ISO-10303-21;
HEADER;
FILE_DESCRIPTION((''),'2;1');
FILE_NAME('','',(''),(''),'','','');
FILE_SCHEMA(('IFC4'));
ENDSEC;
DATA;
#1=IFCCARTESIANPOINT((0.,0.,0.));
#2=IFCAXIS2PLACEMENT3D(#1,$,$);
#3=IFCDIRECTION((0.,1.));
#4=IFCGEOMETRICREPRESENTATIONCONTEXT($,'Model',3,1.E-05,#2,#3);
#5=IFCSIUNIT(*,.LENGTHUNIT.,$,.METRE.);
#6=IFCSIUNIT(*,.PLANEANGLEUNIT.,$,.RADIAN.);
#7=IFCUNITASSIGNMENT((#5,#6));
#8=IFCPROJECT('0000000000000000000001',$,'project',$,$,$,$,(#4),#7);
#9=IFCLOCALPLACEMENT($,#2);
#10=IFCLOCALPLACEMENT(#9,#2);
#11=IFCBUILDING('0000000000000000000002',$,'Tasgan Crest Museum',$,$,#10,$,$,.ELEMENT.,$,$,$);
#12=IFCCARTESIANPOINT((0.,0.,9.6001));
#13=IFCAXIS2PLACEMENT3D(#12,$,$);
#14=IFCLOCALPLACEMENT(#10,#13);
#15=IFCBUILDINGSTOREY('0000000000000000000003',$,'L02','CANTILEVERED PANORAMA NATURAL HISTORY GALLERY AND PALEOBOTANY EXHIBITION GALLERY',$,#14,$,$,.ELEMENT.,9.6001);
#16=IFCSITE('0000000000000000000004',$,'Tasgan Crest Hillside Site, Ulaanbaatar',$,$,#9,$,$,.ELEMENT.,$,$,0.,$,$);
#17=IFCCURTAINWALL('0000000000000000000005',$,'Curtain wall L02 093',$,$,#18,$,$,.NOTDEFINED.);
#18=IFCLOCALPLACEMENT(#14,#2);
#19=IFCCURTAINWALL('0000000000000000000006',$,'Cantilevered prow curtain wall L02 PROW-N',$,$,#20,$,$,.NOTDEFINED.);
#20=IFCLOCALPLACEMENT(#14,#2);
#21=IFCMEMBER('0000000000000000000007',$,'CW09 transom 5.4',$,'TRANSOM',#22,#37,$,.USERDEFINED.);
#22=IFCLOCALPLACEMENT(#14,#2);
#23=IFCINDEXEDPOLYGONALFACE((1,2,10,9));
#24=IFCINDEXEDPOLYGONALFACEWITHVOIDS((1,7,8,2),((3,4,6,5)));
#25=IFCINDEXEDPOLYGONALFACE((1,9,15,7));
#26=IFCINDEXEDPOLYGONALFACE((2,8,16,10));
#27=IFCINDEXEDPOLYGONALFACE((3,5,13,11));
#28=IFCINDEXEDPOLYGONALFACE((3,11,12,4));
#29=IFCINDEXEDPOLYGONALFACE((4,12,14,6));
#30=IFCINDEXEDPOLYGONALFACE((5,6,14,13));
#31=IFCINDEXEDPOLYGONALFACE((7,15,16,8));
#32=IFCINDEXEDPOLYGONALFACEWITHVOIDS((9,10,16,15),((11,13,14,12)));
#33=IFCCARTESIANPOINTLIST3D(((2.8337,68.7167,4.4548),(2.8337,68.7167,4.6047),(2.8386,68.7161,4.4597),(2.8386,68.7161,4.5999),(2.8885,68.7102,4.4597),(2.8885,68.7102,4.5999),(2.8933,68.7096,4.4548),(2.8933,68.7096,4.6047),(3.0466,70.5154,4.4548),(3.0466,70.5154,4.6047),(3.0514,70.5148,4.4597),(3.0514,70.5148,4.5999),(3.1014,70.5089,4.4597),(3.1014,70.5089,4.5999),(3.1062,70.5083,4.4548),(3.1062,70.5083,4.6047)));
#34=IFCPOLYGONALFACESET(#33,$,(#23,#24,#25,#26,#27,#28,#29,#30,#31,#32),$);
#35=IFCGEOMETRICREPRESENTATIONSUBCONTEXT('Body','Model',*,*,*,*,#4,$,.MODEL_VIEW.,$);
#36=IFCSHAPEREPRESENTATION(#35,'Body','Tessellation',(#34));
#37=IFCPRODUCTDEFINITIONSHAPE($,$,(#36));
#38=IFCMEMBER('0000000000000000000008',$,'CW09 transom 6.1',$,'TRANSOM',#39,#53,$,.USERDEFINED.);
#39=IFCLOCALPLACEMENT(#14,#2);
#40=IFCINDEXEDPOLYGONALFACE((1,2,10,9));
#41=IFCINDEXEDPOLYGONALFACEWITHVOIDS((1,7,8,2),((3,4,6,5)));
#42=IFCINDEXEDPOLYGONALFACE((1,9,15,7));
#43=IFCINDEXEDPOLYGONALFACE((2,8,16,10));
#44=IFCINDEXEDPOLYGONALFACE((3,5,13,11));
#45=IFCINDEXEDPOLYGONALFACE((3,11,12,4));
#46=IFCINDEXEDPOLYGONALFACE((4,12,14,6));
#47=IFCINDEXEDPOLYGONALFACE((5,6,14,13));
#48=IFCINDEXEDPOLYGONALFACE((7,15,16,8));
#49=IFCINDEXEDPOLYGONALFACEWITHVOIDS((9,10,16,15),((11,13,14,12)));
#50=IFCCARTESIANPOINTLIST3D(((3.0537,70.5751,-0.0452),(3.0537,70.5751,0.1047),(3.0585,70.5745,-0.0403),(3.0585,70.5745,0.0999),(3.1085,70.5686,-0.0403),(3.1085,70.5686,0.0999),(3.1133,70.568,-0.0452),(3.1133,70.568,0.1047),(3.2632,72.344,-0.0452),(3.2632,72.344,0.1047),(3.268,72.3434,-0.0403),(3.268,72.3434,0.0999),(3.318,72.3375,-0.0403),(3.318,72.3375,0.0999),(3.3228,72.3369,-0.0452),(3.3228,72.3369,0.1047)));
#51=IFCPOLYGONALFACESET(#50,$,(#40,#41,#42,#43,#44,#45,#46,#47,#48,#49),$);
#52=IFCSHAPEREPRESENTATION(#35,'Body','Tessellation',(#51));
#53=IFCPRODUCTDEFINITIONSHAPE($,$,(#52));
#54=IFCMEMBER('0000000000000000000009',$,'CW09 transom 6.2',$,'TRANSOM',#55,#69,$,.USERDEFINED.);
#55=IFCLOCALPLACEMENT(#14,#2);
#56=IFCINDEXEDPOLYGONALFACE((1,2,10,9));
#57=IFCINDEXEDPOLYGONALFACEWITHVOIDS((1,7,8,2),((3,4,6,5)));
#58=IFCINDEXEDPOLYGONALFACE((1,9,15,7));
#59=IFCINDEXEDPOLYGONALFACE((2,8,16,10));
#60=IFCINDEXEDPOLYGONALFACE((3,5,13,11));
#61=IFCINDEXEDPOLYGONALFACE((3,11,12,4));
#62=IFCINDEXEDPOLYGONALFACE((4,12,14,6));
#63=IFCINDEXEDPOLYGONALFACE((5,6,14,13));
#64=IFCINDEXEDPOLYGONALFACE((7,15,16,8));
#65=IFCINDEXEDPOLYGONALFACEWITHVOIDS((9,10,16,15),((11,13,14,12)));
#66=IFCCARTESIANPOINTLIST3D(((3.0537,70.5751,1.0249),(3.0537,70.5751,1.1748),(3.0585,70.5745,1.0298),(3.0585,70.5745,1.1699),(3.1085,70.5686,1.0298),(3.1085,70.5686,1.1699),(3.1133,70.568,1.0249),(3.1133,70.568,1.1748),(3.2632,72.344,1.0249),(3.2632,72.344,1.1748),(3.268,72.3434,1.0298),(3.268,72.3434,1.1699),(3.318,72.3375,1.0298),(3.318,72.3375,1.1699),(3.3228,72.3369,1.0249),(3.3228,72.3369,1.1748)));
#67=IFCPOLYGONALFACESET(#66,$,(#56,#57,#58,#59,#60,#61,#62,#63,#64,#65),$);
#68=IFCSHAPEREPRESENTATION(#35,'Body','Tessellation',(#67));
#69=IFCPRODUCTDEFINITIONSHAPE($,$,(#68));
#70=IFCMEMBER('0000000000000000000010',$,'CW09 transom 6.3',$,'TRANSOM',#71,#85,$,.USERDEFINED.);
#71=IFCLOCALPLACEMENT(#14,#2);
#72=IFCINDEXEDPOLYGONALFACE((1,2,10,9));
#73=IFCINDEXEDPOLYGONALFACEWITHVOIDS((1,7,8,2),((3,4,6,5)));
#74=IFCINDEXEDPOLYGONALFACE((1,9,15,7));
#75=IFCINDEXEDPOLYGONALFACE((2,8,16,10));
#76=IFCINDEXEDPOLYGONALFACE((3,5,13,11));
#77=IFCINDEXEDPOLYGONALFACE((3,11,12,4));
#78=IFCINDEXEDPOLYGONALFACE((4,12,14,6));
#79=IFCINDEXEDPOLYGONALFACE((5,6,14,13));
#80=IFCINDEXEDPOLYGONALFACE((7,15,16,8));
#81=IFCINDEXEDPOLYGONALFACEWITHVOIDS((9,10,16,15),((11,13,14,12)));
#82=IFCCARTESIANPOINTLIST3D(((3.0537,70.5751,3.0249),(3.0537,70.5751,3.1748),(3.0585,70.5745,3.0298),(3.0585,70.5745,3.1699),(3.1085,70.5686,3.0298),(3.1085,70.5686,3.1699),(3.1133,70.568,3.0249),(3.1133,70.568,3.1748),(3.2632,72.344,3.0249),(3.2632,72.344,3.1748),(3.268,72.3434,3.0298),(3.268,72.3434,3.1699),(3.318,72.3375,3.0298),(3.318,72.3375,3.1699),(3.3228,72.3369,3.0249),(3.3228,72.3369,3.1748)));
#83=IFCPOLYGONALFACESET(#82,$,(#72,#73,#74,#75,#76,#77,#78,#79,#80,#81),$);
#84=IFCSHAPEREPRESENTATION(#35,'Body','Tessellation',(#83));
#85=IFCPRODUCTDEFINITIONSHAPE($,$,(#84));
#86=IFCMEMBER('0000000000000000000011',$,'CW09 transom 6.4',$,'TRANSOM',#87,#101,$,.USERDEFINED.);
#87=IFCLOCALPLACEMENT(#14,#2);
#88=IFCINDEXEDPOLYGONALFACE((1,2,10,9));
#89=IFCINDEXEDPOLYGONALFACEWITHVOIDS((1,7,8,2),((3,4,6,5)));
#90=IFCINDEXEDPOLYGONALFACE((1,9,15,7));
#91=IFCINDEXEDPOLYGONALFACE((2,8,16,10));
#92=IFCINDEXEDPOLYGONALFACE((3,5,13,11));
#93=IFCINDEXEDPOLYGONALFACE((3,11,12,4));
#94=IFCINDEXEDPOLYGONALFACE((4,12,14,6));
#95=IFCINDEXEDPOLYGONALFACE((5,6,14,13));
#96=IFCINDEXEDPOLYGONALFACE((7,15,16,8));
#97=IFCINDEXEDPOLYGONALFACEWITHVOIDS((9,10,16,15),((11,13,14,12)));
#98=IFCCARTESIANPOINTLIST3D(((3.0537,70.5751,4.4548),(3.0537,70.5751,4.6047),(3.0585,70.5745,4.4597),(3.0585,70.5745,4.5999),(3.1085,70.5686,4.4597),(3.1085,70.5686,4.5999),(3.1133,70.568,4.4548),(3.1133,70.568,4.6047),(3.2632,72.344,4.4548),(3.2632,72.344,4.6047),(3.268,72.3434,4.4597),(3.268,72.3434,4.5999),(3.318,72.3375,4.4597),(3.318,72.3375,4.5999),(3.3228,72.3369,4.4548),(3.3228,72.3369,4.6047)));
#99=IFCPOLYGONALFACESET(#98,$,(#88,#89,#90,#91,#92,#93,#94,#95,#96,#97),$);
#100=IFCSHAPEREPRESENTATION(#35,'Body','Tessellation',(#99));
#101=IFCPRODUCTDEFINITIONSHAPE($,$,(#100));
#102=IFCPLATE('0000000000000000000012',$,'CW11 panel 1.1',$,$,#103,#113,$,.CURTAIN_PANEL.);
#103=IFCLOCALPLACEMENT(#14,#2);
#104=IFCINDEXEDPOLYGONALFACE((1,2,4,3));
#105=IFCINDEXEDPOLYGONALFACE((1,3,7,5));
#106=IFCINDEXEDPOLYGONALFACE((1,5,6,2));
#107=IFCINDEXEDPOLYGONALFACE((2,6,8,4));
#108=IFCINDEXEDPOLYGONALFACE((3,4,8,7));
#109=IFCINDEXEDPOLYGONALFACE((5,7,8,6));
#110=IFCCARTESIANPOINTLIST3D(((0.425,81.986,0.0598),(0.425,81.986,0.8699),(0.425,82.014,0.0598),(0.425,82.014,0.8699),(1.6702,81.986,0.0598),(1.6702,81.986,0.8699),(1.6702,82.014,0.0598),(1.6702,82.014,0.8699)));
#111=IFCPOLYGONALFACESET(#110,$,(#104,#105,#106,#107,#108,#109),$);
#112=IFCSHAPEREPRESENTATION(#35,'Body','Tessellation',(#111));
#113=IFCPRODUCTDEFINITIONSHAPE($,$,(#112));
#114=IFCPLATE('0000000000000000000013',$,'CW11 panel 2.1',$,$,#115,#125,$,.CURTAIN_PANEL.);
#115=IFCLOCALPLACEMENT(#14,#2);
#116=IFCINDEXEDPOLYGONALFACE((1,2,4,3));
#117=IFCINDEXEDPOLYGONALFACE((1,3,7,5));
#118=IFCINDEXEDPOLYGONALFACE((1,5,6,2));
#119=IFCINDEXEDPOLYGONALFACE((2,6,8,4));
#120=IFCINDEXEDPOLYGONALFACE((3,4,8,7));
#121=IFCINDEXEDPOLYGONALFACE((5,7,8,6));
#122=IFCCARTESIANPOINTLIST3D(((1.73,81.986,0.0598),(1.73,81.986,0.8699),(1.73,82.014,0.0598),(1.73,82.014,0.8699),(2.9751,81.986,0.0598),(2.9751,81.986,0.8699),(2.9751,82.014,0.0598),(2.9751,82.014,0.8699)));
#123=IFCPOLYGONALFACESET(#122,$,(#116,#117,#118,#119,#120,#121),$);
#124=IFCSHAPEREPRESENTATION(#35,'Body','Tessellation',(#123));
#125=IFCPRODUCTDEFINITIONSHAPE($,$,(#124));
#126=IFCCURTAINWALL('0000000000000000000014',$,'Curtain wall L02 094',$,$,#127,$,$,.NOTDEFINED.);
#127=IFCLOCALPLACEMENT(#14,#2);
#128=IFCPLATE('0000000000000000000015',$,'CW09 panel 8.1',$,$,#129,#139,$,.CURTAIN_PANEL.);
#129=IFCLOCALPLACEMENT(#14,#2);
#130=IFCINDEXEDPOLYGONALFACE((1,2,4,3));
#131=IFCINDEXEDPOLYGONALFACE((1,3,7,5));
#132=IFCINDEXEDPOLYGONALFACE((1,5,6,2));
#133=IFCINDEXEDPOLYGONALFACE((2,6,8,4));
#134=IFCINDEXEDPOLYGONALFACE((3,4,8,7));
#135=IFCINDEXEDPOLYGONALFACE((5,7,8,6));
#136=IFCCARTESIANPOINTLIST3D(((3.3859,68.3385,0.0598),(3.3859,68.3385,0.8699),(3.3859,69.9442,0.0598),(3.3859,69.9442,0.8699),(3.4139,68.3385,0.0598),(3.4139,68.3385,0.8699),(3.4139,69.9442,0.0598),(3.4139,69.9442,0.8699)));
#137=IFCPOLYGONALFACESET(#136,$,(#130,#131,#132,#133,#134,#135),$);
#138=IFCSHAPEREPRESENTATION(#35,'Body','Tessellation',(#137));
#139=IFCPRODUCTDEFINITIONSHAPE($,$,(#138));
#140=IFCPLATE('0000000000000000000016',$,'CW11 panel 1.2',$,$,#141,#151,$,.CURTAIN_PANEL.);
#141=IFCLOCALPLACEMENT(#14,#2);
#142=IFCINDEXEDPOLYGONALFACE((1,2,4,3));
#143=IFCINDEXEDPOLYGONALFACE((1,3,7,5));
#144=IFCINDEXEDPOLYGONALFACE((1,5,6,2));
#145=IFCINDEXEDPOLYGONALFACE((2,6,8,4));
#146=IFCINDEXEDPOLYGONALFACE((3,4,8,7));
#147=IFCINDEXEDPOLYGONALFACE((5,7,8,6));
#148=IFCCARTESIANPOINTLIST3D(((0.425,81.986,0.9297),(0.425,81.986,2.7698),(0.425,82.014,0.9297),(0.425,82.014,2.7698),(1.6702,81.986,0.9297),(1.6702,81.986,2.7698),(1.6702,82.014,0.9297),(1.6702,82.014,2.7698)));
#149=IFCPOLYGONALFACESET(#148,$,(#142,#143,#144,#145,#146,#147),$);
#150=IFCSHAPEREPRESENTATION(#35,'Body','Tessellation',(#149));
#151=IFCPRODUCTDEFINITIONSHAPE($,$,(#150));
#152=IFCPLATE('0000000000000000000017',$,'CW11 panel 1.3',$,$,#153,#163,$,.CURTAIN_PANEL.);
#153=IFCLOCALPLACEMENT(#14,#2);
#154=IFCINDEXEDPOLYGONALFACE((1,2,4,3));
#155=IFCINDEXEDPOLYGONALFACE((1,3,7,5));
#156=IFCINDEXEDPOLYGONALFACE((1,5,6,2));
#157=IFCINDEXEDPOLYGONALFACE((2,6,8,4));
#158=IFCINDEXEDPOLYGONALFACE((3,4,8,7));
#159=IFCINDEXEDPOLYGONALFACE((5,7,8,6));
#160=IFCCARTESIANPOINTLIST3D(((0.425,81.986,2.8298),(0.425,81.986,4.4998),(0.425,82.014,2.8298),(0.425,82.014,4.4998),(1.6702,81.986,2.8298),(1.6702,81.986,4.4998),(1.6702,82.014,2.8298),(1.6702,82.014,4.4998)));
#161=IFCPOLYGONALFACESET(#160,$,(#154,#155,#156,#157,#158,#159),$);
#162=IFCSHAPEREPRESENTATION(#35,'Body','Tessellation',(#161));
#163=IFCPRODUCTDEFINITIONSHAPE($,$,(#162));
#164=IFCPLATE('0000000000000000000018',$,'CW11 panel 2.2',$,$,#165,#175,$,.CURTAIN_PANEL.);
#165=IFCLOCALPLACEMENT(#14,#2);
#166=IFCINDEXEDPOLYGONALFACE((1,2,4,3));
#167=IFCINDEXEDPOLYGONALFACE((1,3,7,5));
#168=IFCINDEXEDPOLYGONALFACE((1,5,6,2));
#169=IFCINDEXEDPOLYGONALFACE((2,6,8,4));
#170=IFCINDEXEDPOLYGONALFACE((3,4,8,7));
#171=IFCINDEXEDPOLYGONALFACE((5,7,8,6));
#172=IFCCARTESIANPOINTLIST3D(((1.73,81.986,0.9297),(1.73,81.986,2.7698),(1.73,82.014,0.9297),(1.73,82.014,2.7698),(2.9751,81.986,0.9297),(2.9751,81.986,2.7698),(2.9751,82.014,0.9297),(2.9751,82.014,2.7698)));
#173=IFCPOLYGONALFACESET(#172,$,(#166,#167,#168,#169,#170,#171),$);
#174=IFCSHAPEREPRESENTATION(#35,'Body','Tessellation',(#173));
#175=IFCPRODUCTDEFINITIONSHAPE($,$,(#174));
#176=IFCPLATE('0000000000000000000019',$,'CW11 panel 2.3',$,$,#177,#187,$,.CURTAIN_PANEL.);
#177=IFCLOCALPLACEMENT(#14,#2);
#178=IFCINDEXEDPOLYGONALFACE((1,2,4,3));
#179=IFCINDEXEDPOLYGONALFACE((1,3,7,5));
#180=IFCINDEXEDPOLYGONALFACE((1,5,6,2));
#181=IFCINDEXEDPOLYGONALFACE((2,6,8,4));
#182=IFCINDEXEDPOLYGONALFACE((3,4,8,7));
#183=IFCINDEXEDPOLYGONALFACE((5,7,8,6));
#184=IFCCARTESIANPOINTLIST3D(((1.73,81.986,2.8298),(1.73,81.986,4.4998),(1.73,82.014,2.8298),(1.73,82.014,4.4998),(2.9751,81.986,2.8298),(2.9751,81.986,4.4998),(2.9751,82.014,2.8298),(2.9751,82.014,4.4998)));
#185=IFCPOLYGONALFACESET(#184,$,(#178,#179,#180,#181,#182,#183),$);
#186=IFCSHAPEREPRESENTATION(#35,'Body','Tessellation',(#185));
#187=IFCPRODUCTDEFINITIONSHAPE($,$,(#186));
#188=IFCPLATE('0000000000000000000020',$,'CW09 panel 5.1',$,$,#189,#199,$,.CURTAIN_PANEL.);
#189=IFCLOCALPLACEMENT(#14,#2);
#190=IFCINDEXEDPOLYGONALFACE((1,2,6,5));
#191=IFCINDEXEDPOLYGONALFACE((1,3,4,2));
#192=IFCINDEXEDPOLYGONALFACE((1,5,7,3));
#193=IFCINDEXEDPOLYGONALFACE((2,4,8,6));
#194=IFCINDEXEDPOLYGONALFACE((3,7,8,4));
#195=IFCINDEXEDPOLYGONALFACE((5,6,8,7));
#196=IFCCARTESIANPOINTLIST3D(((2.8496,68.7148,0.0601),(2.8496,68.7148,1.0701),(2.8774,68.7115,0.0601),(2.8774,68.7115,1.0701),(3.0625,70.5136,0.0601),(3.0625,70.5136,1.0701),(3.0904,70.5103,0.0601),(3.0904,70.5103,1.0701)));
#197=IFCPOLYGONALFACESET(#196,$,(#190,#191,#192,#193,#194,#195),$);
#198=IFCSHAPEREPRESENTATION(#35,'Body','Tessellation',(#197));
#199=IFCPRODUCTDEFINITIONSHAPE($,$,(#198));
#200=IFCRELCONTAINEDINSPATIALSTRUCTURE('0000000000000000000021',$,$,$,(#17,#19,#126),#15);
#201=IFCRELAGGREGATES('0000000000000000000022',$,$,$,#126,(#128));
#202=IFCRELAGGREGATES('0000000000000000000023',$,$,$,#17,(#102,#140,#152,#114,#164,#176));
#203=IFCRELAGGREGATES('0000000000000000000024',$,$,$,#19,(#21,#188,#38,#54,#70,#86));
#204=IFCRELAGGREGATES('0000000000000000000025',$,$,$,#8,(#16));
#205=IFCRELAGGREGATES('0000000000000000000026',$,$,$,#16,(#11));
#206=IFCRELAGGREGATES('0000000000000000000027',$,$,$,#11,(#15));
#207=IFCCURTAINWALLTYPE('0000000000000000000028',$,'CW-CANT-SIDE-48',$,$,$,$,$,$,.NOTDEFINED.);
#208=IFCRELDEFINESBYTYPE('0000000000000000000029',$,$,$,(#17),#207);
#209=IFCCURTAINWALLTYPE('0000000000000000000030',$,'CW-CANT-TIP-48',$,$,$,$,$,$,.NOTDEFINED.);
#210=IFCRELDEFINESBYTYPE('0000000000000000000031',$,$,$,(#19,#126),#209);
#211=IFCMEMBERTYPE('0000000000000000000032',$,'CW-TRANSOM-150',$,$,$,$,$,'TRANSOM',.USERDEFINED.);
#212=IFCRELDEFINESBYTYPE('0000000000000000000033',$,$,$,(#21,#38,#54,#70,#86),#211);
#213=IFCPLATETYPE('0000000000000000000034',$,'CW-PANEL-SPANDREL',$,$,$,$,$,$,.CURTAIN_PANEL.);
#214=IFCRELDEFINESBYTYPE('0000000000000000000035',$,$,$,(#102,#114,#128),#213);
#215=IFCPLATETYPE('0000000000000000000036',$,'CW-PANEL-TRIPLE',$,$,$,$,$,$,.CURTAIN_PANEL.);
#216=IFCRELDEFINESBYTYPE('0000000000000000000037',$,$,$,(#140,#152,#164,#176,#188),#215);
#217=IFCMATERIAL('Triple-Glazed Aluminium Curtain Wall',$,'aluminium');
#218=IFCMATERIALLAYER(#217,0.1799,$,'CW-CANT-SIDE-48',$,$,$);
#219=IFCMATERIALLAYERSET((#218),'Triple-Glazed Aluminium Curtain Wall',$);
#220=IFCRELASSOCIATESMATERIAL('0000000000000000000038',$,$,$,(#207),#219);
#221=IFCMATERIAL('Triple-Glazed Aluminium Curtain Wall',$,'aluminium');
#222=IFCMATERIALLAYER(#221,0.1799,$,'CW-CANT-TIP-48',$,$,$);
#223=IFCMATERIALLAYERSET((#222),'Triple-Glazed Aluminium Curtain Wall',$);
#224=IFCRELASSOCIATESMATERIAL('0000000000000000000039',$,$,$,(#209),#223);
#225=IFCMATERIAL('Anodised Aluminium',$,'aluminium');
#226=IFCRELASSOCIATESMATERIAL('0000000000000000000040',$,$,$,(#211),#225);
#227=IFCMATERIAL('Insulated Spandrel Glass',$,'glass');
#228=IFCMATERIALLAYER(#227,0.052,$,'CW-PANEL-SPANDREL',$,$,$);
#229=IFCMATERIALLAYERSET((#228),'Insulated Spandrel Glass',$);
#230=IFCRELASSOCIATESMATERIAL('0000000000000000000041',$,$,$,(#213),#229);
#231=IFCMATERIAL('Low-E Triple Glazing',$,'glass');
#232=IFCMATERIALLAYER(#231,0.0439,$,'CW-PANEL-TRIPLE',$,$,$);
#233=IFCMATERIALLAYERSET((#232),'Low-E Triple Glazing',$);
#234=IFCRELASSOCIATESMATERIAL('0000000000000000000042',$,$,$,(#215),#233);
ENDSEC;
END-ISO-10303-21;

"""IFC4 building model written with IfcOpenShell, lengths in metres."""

from ifc_helpers import new_model, si_unit, direction, frame, origin, origin_2d, place, context, subcontext, project, spatial, rectangle, hollow_rectangle, extrude, material, layer, layer_set, material_profile, profile_set, type_object, element, aggregate, save


model = new_model("IFC4")

# Units and contexts
model_context = context("Model", 3, precision=1e-05, world=origin(), true_north=direction((0.0, 1.0)))
body_context = subcontext(model_context, "Body", "Model", "MODEL_VIEW")
ifc_project = project(units=[si_unit("LENGTHUNIT", "METRE"), si_unit("PLANEANGLEUNIT", "RADIAN")], contexts=[model_context])

# Site, building, storey
site_placement = place(None, origin())
site = spatial("IfcSite", under=ifc_project, at=site_placement, Name="Tasgan Crest Hillside Site, Ulaanbaatar", CompositionType="ELEMENT", RefElevation=0.0)
building_placement = place(site_placement, origin())
building = spatial("IfcBuilding", under=site, at=building_placement, Name="Tasgan Crest Museum", CompositionType="ELEMENT")
storey_placement = place(building_placement, frame((0.0, 0.0, 9.6001)))
storey = spatial("IfcBuildingStorey", under=building, at=storey_placement, Name="L02", Description="CANTILEVERED PANORAMA NATURAL HISTORY GALLERY AND PALEOBOTANY EXHIBITION GALLERY", CompositionType="ELEMENT", Elevation=9.6001)

# Curtain walls
ifc_material_1 = material(Name="Triple-Glazed Aluminium Curtain Wall", Category="aluminium")
ifc_layer_1 = layer(ifc_material_1, 0.1799, Name="CW-CANT-SIDE-48")
ifc_layer_set_1 = layer_set([ifc_layer_1], Name="Triple-Glazed Aluminium Curtain Wall")
curtain_wall_type_1 = type_object("IfcCurtainWallType", Name="CW-CANT-SIDE-48", PredefinedType="NOTDEFINED", material=ifc_layer_set_1)
curtain_wall_1_placement = place(storey_placement, origin())
curtain_wall_1 = element("IfcCurtainWall", 1, at=curtain_wall_1_placement, inside=storey, type_object=curtain_wall_type_1, Name="Curtain wall L02 093", PredefinedType="NOTDEFINED")
ifc_material_2 = material(Name="Triple-Glazed Aluminium Curtain Wall", Category="aluminium")
ifc_layer_2 = layer(ifc_material_2, 0.1799, Name="CW-CANT-TIP-48")
ifc_layer_set_2 = layer_set([ifc_layer_2], Name="Triple-Glazed Aluminium Curtain Wall")
curtain_wall_type_2 = type_object("IfcCurtainWallType", Name="CW-CANT-TIP-48", PredefinedType="NOTDEFINED", material=ifc_layer_set_2)
curtain_wall_2_placement = place(storey_placement, origin())
curtain_wall_2 = element("IfcCurtainWall", 2, at=curtain_wall_2_placement, inside=storey, type_object=curtain_wall_type_2, Name="Cantilevered prow curtain wall L02 PROW-N", PredefinedType="NOTDEFINED")

# Members
ifc_material_3 = material(Name="Anodised Aluminium", Category="aluminium")
ifc_material_profile_1 = material_profile(ifc_material_3, hollow_rectangle(XDim=0.0601, YDim=0.1499, WallThickness=0.0049, at=origin_2d()), Name="ALU TRANSOM 150x60x5")
ifc_profile_set_1 = profile_set([ifc_material_profile_1], Name="Anodised Aluminium")
member_type_1 = type_object("IfcMemberType", Name="CW-TRANSOM-150", ElementType="TRANSOM", PredefinedType="USERDEFINED", material=ifc_profile_set_1)
member_1_placement = place(storey_placement, frame((2.8635, 68.7131, 4.5298), z_axis=(0.117529, 0.993069, 0.0), x_axis=(-0.993069, 0.117529, 0.0)))
member_1 = element("IfcMember", 3, at=member_1_placement, type_object=member_type_1, Name="CW09 transom 5.4", ObjectType="TRANSOM", PredefinedType="USERDEFINED", context=body_context, shape_type="SweptSolid", body=[
    extrude(hollow_rectangle(XDim=0.0601, YDim=0.1499, WallThickness=0.0049, at=origin_2d()), origin(), (0.0, 0.0, 1.0), 1.8113),
])
member_2_placement = place(storey_placement, frame((3.0835, 70.5715, 0.0298), z_axis=(0.117605, 0.99306, 0.0), x_axis=(-0.99306, 0.117605, 0.0)))
member_2 = element("IfcMember", 4, at=member_2_placement, type_object=member_type_1, Name="CW09 transom 6.1", ObjectType="TRANSOM", PredefinedType="USERDEFINED", context=body_context, shape_type="SweptSolid", body=[
    extrude(hollow_rectangle(XDim=0.0601, YDim=0.1499, WallThickness=0.0049, at=origin_2d()), origin(), (0.0, 0.0, 1.0), 1.7812),
])
member_3_placement = place(storey_placement, frame((3.0835, 70.5715, 1.0999), z_axis=(0.117605, 0.99306, 0.0), x_axis=(-0.99306, 0.117605, 0.0)))
member_3 = element("IfcMember", 5, at=member_3_placement, type_object=member_type_1, Name="CW09 transom 6.2", ObjectType="TRANSOM", PredefinedType="USERDEFINED", context=body_context, shape_type="SweptSolid", body=[
    extrude(hollow_rectangle(XDim=0.0601, YDim=0.1499, WallThickness=0.0049, at=origin_2d()), origin(), (0.0, 0.0, 1.0), 1.7812),
])
member_4_placement = place(storey_placement, frame((3.0835, 70.5715, 3.0999), z_axis=(0.117605, 0.99306, 0.0), x_axis=(-0.99306, 0.117605, 0.0)))
member_4 = element("IfcMember", 6, at=member_4_placement, type_object=member_type_1, Name="CW09 transom 6.3", ObjectType="TRANSOM", PredefinedType="USERDEFINED", context=body_context, shape_type="SweptSolid", body=[
    extrude(hollow_rectangle(XDim=0.0601, YDim=0.1499, WallThickness=0.0049, at=origin_2d()), origin(), (0.0, 0.0, 1.0), 1.7812),
])
member_5_placement = place(storey_placement, frame((3.0835, 70.5715, 4.5298), z_axis=(0.117605, 0.99306, 0.0), x_axis=(-0.99306, 0.117605, 0.0)))
member_5 = element("IfcMember", 7, at=member_5_placement, type_object=member_type_1, Name="CW09 transom 6.4", ObjectType="TRANSOM", PredefinedType="USERDEFINED", context=body_context, shape_type="SweptSolid", body=[
    extrude(hollow_rectangle(XDim=0.0601, YDim=0.1499, WallThickness=0.0049, at=origin_2d()), origin(), (0.0, 0.0, 1.0), 1.7812),
])

# Plates
ifc_material_4 = material(Name="Insulated Spandrel Glass", Category="glass")
ifc_layer_3 = layer(ifc_material_4, 0.052, Name="CW-PANEL-SPANDREL")
ifc_layer_set_3 = layer_set([ifc_layer_3], Name="Insulated Spandrel Glass")
plate_type_1 = type_object("IfcPlateType", Name="CW-PANEL-SPANDREL", PredefinedType="CURTAIN_PANEL", material=ifc_layer_set_3)
plate_1_placement = place(storey_placement, frame((1.0476, 82.0, 0.0598), z_axis=(0.0, 0.0, 1.0), x_axis=(1.0, 0.0, 0.0)))
plate_1 = element("IfcPlate", 8, at=plate_1_placement, type_object=plate_type_1, Name="CW11 panel 1.1", PredefinedType="CURTAIN_PANEL", context=body_context, shape_type="SweptSolid", body=[
    extrude(rectangle(XDim=1.2451, YDim=0.0281, at=origin_2d()), origin(), (0.0, 0.0, 1.0), 0.8101),
])
plate_2_placement = place(storey_placement, frame((2.3525, 82.0, 0.0598), z_axis=(0.0, 0.0, 1.0), x_axis=(1.0, 0.0, 0.0)))
plate_2 = element("IfcPlate", 9, at=plate_2_placement, type_object=plate_type_1, Name="CW11 panel 2.1", PredefinedType="CURTAIN_PANEL", context=body_context, shape_type="SweptSolid", body=[
    extrude(rectangle(XDim=1.2451, YDim=0.0281, at=origin_2d()), origin(), (0.0, 0.0, 1.0), 0.8101),
])

# Curtain wall, plate
curtain_wall_3_placement = place(storey_placement, origin())
curtain_wall_3 = element("IfcCurtainWall", 10, at=curtain_wall_3_placement, inside=storey, type_object=curtain_wall_type_2, Name="Curtain wall L02 094", PredefinedType="NOTDEFINED")
plate_3_placement = place(storey_placement, frame((3.3999, 69.1414, 0.0598), z_axis=(0.0, 0.0, 1.0), x_axis=(0.0, -1.0, 0.0)))
plate_3 = element("IfcPlate", 11, at=plate_3_placement, type_object=plate_type_1, Name="CW09 panel 8.1", PredefinedType="CURTAIN_PANEL", context=body_context, shape_type="SweptSolid", body=[
    extrude(rectangle(XDim=1.6057, YDim=0.0281, at=origin_2d()), origin(), (0.0, 0.0, 1.0), 0.8101),
])
aggregate(curtain_wall_3, [plate_3])

# Plates
ifc_material_5 = material(Name="Low-E Triple Glazing", Category="glass")
ifc_layer_4 = layer(ifc_material_5, 0.0439, Name="CW-PANEL-TRIPLE")
ifc_layer_set_4 = layer_set([ifc_layer_4], Name="Low-E Triple Glazing")
plate_type_2 = type_object("IfcPlateType", Name="CW-PANEL-TRIPLE", PredefinedType="CURTAIN_PANEL", material=ifc_layer_set_4)
plate_4_placement = place(storey_placement, frame((1.0476, 82.0, 0.9297), z_axis=(0.0, 0.0, 1.0), x_axis=(1.0, 0.0, 0.0)))
plate_4 = element("IfcPlate", 12, at=plate_4_placement, type_object=plate_type_2, Name="CW11 panel 1.2", PredefinedType="CURTAIN_PANEL", context=body_context, shape_type="SweptSolid", body=[
    extrude(rectangle(XDim=1.2451, YDim=0.0281, at=origin_2d()), origin(), (0.0, 0.0, 1.0), 1.8401),
])
plate_5_placement = place(storey_placement, frame((1.0476, 82.0, 2.8298), z_axis=(0.0, 0.0, 1.0), x_axis=(1.0, 0.0, 0.0)))
plate_5 = element("IfcPlate", 13, at=plate_5_placement, type_object=plate_type_2, Name="CW11 panel 1.3", PredefinedType="CURTAIN_PANEL", context=body_context, shape_type="SweptSolid", body=[
    extrude(rectangle(XDim=1.2451, YDim=0.0281, at=origin_2d()), origin(), (0.0, 0.0, 1.0), 1.6699),
])
plate_6_placement = place(storey_placement, frame((2.3525, 82.0, 0.9297), z_axis=(0.0, 0.0, 1.0), x_axis=(1.0, 0.0, 0.0)))
plate_6 = element("IfcPlate", 14, at=plate_6_placement, type_object=plate_type_2, Name="CW11 panel 2.2", PredefinedType="CURTAIN_PANEL", context=body_context, shape_type="SweptSolid", body=[
    extrude(rectangle(XDim=1.2451, YDim=0.0281, at=origin_2d()), origin(), (0.0, 0.0, 1.0), 1.8401),
])
plate_7_placement = place(storey_placement, frame((2.3525, 82.0, 2.8298), z_axis=(0.0, 0.0, 1.0), x_axis=(1.0, 0.0, 0.0)))
plate_7 = element("IfcPlate", 15, at=plate_7_placement, type_object=plate_type_2, Name="CW11 panel 2.3", PredefinedType="CURTAIN_PANEL", context=body_context, shape_type="SweptSolid", body=[
    extrude(rectangle(XDim=1.2451, YDim=0.0281, at=origin_2d()), origin(), (0.0, 0.0, 1.0), 1.6699),
])
aggregate(curtain_wall_1, [plate_1, plate_4, plate_5, plate_2, plate_6, plate_7])
plate_8_placement = place(storey_placement, frame((2.97, 69.6125, 0.0601), z_axis=(0.0, 0.0, 1.0), x_axis=(0.117565, 0.993065, 0.0)))
plate_8 = element("IfcPlate", 16, at=plate_8_placement, type_object=plate_type_2, Name="CW09 panel 5.1", PredefinedType="CURTAIN_PANEL", context=body_context, shape_type="SweptSolid", body=[
    extrude(rectangle(XDim=1.8113, YDim=0.0281, at=origin_2d()), origin(), (0.0, 0.0, 1.0), 1.01),
])
aggregate(curtain_wall_2, [member_1, plate_8, member_2, member_3, member_4, member_5])

save(model, "model.ifc")
